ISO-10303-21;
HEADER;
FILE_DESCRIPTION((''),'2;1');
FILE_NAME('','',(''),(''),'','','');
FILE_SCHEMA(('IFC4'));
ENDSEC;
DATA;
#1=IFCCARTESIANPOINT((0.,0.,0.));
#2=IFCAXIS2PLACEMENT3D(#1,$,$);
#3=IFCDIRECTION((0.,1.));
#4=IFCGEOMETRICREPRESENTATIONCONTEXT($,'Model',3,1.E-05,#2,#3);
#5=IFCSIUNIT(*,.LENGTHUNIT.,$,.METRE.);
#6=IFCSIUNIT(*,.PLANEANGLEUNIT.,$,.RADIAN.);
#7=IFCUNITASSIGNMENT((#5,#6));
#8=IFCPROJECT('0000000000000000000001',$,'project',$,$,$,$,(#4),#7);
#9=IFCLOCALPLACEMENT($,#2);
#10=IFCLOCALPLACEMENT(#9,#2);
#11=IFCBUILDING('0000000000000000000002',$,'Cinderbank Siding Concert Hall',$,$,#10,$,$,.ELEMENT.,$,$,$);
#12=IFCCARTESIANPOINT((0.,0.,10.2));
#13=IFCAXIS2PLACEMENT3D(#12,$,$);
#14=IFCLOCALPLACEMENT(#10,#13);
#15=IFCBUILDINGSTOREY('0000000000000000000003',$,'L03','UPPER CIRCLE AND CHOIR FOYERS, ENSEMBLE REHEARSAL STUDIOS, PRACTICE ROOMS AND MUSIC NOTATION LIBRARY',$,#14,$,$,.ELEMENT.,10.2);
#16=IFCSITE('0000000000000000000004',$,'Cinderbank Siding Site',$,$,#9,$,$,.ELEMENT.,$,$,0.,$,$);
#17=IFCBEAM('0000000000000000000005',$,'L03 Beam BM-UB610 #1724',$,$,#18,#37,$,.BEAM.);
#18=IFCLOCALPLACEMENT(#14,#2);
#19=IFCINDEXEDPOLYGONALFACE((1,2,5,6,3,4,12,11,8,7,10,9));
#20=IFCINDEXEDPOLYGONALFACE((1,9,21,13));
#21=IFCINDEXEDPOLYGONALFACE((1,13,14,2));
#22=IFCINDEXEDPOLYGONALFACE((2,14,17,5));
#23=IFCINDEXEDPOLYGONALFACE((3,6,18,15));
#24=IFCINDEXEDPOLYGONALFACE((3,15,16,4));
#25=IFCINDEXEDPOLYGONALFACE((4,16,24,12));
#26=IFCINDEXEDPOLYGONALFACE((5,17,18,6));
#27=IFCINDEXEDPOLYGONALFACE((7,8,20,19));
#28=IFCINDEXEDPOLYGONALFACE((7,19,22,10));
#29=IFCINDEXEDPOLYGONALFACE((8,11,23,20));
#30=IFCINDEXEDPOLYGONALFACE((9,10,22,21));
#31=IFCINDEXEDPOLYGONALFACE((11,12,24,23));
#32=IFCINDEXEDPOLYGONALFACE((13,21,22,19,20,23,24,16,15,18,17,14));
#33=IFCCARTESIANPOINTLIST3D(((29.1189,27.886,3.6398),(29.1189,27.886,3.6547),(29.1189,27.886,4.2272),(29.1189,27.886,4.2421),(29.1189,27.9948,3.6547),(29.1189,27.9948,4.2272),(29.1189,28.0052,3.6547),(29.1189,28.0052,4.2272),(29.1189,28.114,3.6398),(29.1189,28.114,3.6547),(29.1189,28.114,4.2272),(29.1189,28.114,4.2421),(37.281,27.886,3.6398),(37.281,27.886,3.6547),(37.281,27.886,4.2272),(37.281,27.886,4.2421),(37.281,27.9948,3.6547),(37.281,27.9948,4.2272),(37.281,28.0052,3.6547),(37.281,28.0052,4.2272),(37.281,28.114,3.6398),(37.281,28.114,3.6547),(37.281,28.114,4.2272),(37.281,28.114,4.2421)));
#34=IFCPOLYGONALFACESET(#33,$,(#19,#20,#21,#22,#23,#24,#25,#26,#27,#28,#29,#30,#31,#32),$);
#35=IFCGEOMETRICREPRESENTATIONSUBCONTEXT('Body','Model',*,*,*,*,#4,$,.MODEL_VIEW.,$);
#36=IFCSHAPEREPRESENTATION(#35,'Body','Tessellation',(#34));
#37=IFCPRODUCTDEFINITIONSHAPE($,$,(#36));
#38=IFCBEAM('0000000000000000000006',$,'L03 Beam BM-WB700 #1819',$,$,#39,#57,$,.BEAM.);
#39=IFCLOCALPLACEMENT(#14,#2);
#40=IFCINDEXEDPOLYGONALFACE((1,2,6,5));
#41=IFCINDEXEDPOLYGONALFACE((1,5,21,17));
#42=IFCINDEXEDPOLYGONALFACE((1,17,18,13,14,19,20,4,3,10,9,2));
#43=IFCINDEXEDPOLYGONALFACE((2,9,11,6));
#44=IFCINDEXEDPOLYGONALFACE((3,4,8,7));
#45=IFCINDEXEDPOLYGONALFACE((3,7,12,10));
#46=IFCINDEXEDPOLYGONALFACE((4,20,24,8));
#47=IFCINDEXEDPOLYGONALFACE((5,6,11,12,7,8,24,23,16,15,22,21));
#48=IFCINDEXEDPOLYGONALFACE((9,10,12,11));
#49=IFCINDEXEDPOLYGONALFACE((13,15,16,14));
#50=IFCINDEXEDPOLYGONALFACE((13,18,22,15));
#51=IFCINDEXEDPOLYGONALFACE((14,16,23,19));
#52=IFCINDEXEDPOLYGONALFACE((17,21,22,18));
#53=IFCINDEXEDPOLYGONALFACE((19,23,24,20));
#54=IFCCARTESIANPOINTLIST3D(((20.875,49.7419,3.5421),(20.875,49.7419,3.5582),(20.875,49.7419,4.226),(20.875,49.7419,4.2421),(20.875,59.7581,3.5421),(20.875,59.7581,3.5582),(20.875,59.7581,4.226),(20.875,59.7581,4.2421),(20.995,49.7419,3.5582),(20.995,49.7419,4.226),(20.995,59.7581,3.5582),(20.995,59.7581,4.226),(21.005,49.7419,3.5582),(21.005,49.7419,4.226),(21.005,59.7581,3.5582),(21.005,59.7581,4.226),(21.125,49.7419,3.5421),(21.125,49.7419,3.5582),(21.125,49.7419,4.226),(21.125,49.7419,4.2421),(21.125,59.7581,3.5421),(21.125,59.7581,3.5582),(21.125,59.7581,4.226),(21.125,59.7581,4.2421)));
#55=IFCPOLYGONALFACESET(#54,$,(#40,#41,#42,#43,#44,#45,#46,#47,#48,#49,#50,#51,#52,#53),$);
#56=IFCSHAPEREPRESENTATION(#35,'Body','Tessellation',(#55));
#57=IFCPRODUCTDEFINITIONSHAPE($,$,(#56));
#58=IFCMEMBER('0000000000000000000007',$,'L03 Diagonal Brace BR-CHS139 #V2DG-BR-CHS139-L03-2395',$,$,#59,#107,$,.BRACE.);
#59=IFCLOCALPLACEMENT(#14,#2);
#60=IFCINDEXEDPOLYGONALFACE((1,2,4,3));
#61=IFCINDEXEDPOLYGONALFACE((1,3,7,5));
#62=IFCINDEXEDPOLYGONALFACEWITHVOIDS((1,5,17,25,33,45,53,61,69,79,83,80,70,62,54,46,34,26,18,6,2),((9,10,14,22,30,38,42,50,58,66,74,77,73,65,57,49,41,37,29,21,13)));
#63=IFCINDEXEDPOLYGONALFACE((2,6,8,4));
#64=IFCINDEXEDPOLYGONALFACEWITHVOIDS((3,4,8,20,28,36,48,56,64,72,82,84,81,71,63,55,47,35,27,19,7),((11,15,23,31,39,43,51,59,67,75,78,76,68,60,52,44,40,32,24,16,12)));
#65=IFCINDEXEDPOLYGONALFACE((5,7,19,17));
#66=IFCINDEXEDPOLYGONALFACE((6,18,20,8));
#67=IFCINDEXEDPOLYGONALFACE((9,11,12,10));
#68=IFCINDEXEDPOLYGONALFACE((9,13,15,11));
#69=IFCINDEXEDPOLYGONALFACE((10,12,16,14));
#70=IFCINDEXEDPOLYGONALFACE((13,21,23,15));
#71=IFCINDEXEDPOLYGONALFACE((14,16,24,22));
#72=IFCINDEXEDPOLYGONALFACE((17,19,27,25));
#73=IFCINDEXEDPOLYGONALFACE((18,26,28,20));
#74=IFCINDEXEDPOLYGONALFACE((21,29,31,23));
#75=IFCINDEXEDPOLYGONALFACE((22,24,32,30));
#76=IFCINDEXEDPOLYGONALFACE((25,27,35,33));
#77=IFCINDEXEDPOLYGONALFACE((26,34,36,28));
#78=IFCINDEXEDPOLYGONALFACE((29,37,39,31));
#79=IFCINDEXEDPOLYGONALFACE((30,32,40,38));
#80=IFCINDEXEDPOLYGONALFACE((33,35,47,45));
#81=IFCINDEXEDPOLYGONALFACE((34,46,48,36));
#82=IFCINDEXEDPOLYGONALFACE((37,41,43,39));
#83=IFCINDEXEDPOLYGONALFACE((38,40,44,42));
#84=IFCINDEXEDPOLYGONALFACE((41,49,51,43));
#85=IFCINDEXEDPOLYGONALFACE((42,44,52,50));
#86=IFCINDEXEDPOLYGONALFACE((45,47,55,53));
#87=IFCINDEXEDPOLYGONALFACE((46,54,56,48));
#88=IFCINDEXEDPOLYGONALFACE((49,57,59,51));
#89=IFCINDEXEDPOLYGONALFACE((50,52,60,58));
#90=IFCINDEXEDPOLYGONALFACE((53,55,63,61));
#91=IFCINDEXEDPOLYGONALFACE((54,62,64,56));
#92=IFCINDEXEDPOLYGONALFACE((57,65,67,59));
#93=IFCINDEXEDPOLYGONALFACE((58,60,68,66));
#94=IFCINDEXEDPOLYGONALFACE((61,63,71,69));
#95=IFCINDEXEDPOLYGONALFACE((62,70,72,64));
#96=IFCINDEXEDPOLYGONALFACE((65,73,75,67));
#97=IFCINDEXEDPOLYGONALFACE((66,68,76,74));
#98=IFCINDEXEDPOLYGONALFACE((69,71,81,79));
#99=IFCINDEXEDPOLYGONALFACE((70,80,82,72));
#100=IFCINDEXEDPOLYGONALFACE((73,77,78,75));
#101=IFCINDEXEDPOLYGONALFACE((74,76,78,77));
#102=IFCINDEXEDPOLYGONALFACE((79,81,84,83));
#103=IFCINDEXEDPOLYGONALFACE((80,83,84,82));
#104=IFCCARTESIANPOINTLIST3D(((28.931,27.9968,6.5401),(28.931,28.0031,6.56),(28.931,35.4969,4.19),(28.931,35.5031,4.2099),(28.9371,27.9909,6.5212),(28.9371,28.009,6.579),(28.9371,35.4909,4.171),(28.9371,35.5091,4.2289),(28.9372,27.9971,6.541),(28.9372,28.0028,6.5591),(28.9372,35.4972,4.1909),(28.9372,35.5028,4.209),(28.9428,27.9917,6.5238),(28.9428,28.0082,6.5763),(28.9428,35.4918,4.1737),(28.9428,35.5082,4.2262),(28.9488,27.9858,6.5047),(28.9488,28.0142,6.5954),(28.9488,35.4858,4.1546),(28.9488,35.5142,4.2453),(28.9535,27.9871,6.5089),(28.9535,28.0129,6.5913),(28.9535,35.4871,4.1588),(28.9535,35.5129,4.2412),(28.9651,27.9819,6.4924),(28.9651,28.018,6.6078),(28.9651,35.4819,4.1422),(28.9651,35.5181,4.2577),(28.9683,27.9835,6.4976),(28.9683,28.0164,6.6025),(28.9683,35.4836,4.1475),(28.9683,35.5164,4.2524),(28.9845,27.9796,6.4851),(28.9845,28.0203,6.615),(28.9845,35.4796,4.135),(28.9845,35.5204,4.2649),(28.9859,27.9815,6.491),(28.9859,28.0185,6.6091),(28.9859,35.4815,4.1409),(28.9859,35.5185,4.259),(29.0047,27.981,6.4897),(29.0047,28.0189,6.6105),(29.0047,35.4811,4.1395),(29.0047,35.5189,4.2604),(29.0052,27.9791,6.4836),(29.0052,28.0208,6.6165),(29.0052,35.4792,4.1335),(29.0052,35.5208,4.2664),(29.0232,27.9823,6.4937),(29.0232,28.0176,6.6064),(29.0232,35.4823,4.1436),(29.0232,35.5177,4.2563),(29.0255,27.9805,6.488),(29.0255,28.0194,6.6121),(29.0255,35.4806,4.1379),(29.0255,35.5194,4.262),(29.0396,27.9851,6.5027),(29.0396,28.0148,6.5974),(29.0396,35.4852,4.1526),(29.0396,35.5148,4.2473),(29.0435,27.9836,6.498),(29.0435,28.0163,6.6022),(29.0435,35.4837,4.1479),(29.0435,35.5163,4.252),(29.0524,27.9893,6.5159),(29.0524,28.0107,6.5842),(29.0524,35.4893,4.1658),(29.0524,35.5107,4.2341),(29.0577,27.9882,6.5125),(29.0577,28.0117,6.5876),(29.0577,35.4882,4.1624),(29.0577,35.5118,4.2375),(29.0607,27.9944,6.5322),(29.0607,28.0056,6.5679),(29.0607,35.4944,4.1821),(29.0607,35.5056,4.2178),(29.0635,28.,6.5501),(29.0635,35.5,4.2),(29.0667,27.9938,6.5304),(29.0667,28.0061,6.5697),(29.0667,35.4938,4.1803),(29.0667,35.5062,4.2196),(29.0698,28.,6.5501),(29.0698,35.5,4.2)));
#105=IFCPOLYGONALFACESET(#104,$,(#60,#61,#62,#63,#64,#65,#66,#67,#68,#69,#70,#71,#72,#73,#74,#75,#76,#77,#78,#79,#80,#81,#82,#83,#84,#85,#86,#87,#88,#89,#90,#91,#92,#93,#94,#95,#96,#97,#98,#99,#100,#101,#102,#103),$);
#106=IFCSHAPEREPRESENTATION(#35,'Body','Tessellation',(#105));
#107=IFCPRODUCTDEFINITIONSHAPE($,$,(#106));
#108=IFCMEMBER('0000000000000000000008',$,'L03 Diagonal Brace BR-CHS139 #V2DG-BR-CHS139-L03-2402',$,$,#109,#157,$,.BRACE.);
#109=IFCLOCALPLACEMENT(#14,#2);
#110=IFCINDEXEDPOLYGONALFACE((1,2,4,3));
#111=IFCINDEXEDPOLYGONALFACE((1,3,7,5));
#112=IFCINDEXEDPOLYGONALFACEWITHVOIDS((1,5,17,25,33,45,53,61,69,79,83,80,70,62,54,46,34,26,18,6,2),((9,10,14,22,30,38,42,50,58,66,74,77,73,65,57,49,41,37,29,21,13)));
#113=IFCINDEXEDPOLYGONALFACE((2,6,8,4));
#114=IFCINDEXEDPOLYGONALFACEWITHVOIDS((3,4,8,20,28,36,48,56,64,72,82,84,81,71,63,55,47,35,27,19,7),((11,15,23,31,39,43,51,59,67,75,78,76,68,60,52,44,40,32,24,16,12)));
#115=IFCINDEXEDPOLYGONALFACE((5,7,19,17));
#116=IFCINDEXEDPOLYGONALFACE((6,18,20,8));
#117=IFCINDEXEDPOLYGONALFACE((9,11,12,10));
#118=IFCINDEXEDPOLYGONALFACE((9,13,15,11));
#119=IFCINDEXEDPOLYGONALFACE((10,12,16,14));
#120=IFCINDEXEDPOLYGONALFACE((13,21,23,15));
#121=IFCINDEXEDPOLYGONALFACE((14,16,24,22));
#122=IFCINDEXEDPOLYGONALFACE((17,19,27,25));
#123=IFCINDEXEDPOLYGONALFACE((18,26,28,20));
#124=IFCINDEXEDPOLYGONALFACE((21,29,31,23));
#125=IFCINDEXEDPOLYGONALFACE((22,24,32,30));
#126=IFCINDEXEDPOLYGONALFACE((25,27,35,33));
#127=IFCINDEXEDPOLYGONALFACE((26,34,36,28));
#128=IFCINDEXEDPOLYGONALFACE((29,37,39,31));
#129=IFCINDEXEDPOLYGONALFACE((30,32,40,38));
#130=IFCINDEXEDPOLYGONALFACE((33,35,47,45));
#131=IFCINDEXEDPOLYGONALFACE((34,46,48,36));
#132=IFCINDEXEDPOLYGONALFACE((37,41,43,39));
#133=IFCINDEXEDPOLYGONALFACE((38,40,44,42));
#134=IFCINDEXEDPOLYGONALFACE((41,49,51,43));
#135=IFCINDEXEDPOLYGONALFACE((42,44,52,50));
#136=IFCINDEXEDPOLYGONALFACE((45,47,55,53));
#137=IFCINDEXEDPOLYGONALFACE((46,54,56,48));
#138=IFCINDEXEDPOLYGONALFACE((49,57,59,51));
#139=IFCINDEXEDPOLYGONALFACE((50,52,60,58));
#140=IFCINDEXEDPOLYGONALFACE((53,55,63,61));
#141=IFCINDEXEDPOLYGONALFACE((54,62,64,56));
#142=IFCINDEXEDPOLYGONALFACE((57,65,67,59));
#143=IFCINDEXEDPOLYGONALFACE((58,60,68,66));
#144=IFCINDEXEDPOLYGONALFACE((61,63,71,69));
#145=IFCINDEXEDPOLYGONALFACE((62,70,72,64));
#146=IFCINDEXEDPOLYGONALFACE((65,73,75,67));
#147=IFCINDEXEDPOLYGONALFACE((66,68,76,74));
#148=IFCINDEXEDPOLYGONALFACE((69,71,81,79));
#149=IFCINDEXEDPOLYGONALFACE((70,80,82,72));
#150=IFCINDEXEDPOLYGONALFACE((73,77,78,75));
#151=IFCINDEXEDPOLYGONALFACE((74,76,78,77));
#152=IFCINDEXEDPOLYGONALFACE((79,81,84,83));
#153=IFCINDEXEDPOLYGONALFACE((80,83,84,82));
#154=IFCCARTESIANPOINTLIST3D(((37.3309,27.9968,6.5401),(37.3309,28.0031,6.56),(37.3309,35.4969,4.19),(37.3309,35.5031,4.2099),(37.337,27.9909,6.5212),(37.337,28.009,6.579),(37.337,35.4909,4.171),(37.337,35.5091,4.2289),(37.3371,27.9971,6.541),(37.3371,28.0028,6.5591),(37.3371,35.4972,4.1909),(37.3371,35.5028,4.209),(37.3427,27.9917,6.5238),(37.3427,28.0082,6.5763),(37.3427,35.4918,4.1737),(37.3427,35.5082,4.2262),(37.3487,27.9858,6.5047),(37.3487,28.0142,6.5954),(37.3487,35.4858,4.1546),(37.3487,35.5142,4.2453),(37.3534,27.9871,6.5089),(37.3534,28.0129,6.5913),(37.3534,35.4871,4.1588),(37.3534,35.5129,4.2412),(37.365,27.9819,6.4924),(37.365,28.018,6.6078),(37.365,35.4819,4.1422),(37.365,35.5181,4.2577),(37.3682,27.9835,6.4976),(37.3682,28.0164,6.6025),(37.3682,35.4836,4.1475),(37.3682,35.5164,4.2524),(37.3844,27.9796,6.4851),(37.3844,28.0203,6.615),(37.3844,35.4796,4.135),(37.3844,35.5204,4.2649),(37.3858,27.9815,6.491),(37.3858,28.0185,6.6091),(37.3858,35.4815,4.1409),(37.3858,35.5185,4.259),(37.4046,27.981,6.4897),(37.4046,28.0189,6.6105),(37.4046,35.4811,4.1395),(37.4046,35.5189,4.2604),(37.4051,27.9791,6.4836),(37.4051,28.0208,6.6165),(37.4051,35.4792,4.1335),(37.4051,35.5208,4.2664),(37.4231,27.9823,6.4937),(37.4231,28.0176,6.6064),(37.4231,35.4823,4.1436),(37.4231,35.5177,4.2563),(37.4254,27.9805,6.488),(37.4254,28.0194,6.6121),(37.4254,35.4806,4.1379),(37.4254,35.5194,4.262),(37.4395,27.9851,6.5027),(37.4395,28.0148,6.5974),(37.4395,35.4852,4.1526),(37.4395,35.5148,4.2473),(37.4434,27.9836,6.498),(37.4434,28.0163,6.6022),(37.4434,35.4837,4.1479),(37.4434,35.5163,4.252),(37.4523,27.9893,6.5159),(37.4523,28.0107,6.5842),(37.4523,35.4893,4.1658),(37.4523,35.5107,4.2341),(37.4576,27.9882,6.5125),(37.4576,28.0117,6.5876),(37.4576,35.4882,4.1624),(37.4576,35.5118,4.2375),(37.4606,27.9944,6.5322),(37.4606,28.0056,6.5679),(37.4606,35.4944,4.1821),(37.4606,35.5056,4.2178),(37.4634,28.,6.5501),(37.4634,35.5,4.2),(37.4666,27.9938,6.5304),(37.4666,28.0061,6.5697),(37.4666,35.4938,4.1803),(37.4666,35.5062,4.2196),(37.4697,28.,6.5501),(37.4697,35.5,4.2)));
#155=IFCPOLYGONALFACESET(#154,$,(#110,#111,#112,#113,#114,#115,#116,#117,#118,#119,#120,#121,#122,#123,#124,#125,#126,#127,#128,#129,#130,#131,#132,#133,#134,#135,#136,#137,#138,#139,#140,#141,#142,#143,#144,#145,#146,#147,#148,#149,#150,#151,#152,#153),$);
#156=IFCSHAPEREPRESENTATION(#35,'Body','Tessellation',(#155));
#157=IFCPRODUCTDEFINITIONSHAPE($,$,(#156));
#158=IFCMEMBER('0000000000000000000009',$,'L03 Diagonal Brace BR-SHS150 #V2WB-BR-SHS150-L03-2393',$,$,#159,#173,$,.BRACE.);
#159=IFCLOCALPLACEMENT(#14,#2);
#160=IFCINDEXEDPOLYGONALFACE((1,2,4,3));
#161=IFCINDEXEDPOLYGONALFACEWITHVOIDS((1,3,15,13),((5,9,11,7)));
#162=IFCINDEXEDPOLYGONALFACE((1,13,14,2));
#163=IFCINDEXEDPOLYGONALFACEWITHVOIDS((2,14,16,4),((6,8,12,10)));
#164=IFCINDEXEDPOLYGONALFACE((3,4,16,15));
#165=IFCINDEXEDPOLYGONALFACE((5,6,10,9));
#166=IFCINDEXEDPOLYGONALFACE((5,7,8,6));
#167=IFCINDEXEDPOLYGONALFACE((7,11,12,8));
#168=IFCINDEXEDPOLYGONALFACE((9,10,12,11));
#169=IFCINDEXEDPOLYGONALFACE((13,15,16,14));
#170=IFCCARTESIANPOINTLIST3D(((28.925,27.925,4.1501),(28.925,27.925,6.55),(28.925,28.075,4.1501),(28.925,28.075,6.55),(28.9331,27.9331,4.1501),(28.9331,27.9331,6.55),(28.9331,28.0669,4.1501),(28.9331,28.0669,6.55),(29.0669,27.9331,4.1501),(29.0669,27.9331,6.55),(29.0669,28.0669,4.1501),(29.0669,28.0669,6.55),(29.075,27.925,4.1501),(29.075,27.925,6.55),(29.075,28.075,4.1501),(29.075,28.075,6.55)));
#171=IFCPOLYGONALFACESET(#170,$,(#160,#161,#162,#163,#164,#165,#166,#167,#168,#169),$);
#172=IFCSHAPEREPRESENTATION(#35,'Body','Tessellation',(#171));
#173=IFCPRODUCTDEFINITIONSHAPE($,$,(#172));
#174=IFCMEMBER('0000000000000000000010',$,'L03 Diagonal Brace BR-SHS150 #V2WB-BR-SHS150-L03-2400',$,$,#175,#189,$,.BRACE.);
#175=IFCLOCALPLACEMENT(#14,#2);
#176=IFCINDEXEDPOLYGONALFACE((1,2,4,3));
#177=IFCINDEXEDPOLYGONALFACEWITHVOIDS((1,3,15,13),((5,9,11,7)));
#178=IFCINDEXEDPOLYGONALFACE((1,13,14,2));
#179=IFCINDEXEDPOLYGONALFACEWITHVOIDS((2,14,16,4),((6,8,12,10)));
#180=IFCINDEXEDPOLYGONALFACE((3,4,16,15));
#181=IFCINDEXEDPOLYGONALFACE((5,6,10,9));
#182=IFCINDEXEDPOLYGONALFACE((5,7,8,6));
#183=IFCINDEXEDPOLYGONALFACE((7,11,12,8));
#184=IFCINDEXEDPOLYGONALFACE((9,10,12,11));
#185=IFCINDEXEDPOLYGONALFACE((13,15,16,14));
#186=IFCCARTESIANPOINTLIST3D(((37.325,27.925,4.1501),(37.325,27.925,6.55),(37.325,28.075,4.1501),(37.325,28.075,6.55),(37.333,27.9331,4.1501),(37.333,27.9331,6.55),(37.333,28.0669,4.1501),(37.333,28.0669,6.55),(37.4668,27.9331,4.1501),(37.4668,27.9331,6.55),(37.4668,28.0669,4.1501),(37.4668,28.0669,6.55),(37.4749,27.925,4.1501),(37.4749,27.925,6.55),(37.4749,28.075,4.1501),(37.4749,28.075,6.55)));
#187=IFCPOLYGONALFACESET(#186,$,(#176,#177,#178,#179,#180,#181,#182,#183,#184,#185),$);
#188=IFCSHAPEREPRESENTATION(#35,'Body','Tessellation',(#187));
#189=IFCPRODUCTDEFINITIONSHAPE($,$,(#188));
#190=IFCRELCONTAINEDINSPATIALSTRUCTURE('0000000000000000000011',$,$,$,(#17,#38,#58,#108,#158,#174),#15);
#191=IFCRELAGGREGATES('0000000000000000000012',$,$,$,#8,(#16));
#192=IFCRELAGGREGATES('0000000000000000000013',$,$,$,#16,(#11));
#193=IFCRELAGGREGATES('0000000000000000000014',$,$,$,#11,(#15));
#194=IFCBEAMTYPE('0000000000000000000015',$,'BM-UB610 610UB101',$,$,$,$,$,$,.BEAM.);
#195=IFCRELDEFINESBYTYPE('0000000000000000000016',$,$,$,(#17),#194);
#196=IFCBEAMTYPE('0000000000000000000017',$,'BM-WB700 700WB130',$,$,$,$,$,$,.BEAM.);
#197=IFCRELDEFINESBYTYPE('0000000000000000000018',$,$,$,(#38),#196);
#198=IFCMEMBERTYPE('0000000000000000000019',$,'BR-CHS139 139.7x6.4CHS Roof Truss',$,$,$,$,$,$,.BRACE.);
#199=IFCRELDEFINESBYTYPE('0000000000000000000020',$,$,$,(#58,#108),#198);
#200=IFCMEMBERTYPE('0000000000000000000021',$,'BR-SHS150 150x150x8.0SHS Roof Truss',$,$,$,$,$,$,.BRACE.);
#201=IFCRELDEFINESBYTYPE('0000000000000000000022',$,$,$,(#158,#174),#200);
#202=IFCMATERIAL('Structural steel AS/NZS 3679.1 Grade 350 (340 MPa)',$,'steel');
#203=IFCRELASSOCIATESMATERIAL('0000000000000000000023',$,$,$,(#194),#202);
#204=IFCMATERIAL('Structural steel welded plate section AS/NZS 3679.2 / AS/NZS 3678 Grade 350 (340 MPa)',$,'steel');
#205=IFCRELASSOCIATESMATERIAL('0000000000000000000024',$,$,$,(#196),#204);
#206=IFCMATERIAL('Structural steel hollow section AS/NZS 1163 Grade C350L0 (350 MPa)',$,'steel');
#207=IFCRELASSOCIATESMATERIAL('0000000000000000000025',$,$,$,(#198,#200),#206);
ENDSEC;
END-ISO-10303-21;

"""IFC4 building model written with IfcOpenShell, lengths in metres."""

from ifc_helpers import new_model, si_unit, direction, frame, origin, origin_2d, place, context, subcontext, project, spatial, hollow_rectangle, hollow_circle, i_section, extrude, material, material_profile, profile_set, type_object, element, save


model = new_model("IFC4")

# Units and contexts
model_context = context("Model", 3, precision=1e-05, world=origin(), true_north=direction((0.0, 1.0)))
body_context = subcontext(model_context, "Body", "Model", "MODEL_VIEW")
ifc_project = project(units=[si_unit("LENGTHUNIT", "METRE"), si_unit("PLANEANGLEUNIT", "RADIAN")], contexts=[model_context])

# Site, building, storey
site_placement = place(None, origin())
site = spatial("IfcSite", under=ifc_project, at=site_placement, Name="Cinderbank Siding Site", CompositionType="ELEMENT", RefElevation=0.0)
building_placement = place(site_placement, origin())
building = spatial("IfcBuilding", under=site, at=building_placement, Name="Cinderbank Siding Concert Hall", CompositionType="ELEMENT")
storey_placement = place(building_placement, frame((0.0, 0.0, 10.2)))
storey = spatial("IfcBuildingStorey", under=building, at=storey_placement, Name="L03", Description="UPPER CIRCLE AND CHOIR FOYERS, ENSEMBLE REHEARSAL STUDIOS, PRACTICE ROOMS AND MUSIC NOTATION LIBRARY", CompositionType="ELEMENT", Elevation=10.2)

# Shared definitions
ifc_material_1 = material(Name="Structural steel AS/NZS 3679.1 Grade 350 (340 MPa)", Category="steel")

# Beams
ifc_material_profile_1 = material_profile(ifc_material_1, i_section(OverallWidth=0.228, OverallDepth=0.6023, WebThickness=0.0105, FlangeThickness=0.0149, at=origin_2d()), Name="610UB101", Category="LoadBearing")
ifc_profile_set_1 = profile_set([ifc_material_profile_1], Name="Structural steel AS/NZS 3679.1 Grade 350 (340 MPa)")
beam_type_1 = type_object("IfcBeamType", Name="BM-UB610 610UB101", PredefinedType="BEAM", material=ifc_profile_set_1)
beam_1_placement = place(storey_placement, frame((29.1189, 28.0, 3.9409), z_axis=(1.0, 0.0, 0.0), x_axis=(0.0, 1.0, 0.0)))
element("IfcBeam", 1, at=beam_1_placement, inside=storey, type_object=beam_type_1, Name="L03 Beam BM-UB610 #1724", PredefinedType="BEAM", context=body_context, shape_type="SweptSolid", body=[
    extrude(i_section(OverallWidth=0.228, OverallDepth=0.6023, WebThickness=0.0105, FlangeThickness=0.0149, at=origin_2d()), origin(), (0.0, 0.0, 1.0), 8.1621),
])
ifc_material_2 = material(Name="Structural steel welded plate section AS/NZS 3679.2 / AS/NZS 3678 Grade 350 (340 MPa)", Category="steel")
ifc_material_profile_2 = material_profile(ifc_material_2, i_section(OverallWidth=0.25, OverallDepth=0.7, WebThickness=0.01, FlangeThickness=0.0161, at=origin_2d()), Name="700WB130", Category="LoadBearing")
ifc_profile_set_2 = profile_set([ifc_material_profile_2], Name="Structural steel welded plate section AS/NZS 3679.2 / AS/NZS 3678 Grade 350 (340 MPa)")
beam_type_2 = type_object("IfcBeamType", Name="BM-WB700 700WB130", PredefinedType="BEAM", material=ifc_profile_set_2)
beam_2_placement = place(storey_placement, frame((21.0, 49.7419, 3.8921), z_axis=(0.0, 1.0, 0.0), x_axis=(-1.0, 0.0, 0.0)))
element("IfcBeam", 2, at=beam_2_placement, inside=storey, type_object=beam_type_2, Name="L03 Beam BM-WB700 #1819", PredefinedType="BEAM", context=body_context, shape_type="SweptSolid", body=[
    extrude(i_section(OverallWidth=0.25, OverallDepth=0.7, WebThickness=0.01, FlangeThickness=0.0161, at=origin_2d()), origin(), (0.0, 0.0, 1.0), 10.0161),
])

# Members
ifc_material_3 = material(Name="Structural steel hollow section AS/NZS 1163 Grade C350L0 (350 MPa)", Category="steel")
ifc_material_profile_3 = material_profile(ifc_material_3, hollow_circle(Radius=0.0698, WallThickness=0.0063, at=origin_2d()), Name="139.7x6.4CHS", Category="LoadBearing")
ifc_profile_set_3 = profile_set([ifc_material_profile_3], Name="Structural steel hollow section AS/NZS 1163 Grade C350L0 (350 MPa)")
member_type_1 = type_object("IfcMemberType", Name="BR-CHS139 139.7x6.4CHS Roof Truss", PredefinedType="BRACE", material=ifc_profile_set_3)
for number, where, z_axis, x_axis, name in (
    (3, (29.0, 35.5, 4.2), (0.0, -0.95425, 0.299011), (1.0, 0.0, 0.0), "L03 Diagonal Brace BR-CHS139 #V2DG-BR-CHS139-L03-2395"),
    (4, (37.3999, 35.5, 4.2), (0.0, -0.95425, 0.299011), (1.0, 0.0, 0.0), "L03 Diagonal Brace BR-CHS139 #V2DG-BR-CHS139-L03-2402"),
):
    element("IfcMember", number, at=place(storey_placement, frame(where, z_axis=z_axis, x_axis=x_axis)), inside=storey, type_object=member_type_1, Name=name, PredefinedType="BRACE", context=body_context, shape_type="SweptSolid", body=[
        extrude(hollow_circle(Radius=0.0698, WallThickness=0.0063, at=origin_2d()), origin(), (0.0, 0.0, 1.0), 7.8596),
    ])
ifc_material_profile_4 = material_profile(ifc_material_3, hollow_rectangle(XDim=0.1499, YDim=0.1499, WallThickness=0.0081, at=origin_2d()), Name="150x150x8.0SHS", Category="LoadBearing")
ifc_profile_set_4 = profile_set([ifc_material_profile_4], Name="Structural steel hollow section AS/NZS 1163 Grade C350L0 (350 MPa)")
member_type_2 = type_object("IfcMemberType", Name="BR-SHS150 150x150x8.0SHS Roof Truss", PredefinedType="BRACE", material=ifc_profile_set_4)
for number, where, z_axis, x_axis, name in (
    (5, (29.0, 28.0, 4.1501), (0.0, 0.0, 1.0), (1.0, 0.0, 0.0), "L03 Diagonal Brace BR-SHS150 #V2WB-BR-SHS150-L03-2393"),
    (6, (37.3999, 28.0, 4.1501), (0.0, 0.0, 1.0), (1.0, 0.0, 0.0), "L03 Diagonal Brace BR-SHS150 #V2WB-BR-SHS150-L03-2400"),
):
    element("IfcMember", number, at=place(storey_placement, frame(where, z_axis=z_axis, x_axis=x_axis)), inside=storey, type_object=member_type_2, Name=name, PredefinedType="BRACE", context=body_context, shape_type="SweptSolid", body=[
        extrude(hollow_rectangle(XDim=0.1499, YDim=0.1499, WallThickness=0.0081, at=origin_2d()), origin(), (0.0, 0.0, 1.0), 2.3999),
    ])

save(model, "model.ifc")
